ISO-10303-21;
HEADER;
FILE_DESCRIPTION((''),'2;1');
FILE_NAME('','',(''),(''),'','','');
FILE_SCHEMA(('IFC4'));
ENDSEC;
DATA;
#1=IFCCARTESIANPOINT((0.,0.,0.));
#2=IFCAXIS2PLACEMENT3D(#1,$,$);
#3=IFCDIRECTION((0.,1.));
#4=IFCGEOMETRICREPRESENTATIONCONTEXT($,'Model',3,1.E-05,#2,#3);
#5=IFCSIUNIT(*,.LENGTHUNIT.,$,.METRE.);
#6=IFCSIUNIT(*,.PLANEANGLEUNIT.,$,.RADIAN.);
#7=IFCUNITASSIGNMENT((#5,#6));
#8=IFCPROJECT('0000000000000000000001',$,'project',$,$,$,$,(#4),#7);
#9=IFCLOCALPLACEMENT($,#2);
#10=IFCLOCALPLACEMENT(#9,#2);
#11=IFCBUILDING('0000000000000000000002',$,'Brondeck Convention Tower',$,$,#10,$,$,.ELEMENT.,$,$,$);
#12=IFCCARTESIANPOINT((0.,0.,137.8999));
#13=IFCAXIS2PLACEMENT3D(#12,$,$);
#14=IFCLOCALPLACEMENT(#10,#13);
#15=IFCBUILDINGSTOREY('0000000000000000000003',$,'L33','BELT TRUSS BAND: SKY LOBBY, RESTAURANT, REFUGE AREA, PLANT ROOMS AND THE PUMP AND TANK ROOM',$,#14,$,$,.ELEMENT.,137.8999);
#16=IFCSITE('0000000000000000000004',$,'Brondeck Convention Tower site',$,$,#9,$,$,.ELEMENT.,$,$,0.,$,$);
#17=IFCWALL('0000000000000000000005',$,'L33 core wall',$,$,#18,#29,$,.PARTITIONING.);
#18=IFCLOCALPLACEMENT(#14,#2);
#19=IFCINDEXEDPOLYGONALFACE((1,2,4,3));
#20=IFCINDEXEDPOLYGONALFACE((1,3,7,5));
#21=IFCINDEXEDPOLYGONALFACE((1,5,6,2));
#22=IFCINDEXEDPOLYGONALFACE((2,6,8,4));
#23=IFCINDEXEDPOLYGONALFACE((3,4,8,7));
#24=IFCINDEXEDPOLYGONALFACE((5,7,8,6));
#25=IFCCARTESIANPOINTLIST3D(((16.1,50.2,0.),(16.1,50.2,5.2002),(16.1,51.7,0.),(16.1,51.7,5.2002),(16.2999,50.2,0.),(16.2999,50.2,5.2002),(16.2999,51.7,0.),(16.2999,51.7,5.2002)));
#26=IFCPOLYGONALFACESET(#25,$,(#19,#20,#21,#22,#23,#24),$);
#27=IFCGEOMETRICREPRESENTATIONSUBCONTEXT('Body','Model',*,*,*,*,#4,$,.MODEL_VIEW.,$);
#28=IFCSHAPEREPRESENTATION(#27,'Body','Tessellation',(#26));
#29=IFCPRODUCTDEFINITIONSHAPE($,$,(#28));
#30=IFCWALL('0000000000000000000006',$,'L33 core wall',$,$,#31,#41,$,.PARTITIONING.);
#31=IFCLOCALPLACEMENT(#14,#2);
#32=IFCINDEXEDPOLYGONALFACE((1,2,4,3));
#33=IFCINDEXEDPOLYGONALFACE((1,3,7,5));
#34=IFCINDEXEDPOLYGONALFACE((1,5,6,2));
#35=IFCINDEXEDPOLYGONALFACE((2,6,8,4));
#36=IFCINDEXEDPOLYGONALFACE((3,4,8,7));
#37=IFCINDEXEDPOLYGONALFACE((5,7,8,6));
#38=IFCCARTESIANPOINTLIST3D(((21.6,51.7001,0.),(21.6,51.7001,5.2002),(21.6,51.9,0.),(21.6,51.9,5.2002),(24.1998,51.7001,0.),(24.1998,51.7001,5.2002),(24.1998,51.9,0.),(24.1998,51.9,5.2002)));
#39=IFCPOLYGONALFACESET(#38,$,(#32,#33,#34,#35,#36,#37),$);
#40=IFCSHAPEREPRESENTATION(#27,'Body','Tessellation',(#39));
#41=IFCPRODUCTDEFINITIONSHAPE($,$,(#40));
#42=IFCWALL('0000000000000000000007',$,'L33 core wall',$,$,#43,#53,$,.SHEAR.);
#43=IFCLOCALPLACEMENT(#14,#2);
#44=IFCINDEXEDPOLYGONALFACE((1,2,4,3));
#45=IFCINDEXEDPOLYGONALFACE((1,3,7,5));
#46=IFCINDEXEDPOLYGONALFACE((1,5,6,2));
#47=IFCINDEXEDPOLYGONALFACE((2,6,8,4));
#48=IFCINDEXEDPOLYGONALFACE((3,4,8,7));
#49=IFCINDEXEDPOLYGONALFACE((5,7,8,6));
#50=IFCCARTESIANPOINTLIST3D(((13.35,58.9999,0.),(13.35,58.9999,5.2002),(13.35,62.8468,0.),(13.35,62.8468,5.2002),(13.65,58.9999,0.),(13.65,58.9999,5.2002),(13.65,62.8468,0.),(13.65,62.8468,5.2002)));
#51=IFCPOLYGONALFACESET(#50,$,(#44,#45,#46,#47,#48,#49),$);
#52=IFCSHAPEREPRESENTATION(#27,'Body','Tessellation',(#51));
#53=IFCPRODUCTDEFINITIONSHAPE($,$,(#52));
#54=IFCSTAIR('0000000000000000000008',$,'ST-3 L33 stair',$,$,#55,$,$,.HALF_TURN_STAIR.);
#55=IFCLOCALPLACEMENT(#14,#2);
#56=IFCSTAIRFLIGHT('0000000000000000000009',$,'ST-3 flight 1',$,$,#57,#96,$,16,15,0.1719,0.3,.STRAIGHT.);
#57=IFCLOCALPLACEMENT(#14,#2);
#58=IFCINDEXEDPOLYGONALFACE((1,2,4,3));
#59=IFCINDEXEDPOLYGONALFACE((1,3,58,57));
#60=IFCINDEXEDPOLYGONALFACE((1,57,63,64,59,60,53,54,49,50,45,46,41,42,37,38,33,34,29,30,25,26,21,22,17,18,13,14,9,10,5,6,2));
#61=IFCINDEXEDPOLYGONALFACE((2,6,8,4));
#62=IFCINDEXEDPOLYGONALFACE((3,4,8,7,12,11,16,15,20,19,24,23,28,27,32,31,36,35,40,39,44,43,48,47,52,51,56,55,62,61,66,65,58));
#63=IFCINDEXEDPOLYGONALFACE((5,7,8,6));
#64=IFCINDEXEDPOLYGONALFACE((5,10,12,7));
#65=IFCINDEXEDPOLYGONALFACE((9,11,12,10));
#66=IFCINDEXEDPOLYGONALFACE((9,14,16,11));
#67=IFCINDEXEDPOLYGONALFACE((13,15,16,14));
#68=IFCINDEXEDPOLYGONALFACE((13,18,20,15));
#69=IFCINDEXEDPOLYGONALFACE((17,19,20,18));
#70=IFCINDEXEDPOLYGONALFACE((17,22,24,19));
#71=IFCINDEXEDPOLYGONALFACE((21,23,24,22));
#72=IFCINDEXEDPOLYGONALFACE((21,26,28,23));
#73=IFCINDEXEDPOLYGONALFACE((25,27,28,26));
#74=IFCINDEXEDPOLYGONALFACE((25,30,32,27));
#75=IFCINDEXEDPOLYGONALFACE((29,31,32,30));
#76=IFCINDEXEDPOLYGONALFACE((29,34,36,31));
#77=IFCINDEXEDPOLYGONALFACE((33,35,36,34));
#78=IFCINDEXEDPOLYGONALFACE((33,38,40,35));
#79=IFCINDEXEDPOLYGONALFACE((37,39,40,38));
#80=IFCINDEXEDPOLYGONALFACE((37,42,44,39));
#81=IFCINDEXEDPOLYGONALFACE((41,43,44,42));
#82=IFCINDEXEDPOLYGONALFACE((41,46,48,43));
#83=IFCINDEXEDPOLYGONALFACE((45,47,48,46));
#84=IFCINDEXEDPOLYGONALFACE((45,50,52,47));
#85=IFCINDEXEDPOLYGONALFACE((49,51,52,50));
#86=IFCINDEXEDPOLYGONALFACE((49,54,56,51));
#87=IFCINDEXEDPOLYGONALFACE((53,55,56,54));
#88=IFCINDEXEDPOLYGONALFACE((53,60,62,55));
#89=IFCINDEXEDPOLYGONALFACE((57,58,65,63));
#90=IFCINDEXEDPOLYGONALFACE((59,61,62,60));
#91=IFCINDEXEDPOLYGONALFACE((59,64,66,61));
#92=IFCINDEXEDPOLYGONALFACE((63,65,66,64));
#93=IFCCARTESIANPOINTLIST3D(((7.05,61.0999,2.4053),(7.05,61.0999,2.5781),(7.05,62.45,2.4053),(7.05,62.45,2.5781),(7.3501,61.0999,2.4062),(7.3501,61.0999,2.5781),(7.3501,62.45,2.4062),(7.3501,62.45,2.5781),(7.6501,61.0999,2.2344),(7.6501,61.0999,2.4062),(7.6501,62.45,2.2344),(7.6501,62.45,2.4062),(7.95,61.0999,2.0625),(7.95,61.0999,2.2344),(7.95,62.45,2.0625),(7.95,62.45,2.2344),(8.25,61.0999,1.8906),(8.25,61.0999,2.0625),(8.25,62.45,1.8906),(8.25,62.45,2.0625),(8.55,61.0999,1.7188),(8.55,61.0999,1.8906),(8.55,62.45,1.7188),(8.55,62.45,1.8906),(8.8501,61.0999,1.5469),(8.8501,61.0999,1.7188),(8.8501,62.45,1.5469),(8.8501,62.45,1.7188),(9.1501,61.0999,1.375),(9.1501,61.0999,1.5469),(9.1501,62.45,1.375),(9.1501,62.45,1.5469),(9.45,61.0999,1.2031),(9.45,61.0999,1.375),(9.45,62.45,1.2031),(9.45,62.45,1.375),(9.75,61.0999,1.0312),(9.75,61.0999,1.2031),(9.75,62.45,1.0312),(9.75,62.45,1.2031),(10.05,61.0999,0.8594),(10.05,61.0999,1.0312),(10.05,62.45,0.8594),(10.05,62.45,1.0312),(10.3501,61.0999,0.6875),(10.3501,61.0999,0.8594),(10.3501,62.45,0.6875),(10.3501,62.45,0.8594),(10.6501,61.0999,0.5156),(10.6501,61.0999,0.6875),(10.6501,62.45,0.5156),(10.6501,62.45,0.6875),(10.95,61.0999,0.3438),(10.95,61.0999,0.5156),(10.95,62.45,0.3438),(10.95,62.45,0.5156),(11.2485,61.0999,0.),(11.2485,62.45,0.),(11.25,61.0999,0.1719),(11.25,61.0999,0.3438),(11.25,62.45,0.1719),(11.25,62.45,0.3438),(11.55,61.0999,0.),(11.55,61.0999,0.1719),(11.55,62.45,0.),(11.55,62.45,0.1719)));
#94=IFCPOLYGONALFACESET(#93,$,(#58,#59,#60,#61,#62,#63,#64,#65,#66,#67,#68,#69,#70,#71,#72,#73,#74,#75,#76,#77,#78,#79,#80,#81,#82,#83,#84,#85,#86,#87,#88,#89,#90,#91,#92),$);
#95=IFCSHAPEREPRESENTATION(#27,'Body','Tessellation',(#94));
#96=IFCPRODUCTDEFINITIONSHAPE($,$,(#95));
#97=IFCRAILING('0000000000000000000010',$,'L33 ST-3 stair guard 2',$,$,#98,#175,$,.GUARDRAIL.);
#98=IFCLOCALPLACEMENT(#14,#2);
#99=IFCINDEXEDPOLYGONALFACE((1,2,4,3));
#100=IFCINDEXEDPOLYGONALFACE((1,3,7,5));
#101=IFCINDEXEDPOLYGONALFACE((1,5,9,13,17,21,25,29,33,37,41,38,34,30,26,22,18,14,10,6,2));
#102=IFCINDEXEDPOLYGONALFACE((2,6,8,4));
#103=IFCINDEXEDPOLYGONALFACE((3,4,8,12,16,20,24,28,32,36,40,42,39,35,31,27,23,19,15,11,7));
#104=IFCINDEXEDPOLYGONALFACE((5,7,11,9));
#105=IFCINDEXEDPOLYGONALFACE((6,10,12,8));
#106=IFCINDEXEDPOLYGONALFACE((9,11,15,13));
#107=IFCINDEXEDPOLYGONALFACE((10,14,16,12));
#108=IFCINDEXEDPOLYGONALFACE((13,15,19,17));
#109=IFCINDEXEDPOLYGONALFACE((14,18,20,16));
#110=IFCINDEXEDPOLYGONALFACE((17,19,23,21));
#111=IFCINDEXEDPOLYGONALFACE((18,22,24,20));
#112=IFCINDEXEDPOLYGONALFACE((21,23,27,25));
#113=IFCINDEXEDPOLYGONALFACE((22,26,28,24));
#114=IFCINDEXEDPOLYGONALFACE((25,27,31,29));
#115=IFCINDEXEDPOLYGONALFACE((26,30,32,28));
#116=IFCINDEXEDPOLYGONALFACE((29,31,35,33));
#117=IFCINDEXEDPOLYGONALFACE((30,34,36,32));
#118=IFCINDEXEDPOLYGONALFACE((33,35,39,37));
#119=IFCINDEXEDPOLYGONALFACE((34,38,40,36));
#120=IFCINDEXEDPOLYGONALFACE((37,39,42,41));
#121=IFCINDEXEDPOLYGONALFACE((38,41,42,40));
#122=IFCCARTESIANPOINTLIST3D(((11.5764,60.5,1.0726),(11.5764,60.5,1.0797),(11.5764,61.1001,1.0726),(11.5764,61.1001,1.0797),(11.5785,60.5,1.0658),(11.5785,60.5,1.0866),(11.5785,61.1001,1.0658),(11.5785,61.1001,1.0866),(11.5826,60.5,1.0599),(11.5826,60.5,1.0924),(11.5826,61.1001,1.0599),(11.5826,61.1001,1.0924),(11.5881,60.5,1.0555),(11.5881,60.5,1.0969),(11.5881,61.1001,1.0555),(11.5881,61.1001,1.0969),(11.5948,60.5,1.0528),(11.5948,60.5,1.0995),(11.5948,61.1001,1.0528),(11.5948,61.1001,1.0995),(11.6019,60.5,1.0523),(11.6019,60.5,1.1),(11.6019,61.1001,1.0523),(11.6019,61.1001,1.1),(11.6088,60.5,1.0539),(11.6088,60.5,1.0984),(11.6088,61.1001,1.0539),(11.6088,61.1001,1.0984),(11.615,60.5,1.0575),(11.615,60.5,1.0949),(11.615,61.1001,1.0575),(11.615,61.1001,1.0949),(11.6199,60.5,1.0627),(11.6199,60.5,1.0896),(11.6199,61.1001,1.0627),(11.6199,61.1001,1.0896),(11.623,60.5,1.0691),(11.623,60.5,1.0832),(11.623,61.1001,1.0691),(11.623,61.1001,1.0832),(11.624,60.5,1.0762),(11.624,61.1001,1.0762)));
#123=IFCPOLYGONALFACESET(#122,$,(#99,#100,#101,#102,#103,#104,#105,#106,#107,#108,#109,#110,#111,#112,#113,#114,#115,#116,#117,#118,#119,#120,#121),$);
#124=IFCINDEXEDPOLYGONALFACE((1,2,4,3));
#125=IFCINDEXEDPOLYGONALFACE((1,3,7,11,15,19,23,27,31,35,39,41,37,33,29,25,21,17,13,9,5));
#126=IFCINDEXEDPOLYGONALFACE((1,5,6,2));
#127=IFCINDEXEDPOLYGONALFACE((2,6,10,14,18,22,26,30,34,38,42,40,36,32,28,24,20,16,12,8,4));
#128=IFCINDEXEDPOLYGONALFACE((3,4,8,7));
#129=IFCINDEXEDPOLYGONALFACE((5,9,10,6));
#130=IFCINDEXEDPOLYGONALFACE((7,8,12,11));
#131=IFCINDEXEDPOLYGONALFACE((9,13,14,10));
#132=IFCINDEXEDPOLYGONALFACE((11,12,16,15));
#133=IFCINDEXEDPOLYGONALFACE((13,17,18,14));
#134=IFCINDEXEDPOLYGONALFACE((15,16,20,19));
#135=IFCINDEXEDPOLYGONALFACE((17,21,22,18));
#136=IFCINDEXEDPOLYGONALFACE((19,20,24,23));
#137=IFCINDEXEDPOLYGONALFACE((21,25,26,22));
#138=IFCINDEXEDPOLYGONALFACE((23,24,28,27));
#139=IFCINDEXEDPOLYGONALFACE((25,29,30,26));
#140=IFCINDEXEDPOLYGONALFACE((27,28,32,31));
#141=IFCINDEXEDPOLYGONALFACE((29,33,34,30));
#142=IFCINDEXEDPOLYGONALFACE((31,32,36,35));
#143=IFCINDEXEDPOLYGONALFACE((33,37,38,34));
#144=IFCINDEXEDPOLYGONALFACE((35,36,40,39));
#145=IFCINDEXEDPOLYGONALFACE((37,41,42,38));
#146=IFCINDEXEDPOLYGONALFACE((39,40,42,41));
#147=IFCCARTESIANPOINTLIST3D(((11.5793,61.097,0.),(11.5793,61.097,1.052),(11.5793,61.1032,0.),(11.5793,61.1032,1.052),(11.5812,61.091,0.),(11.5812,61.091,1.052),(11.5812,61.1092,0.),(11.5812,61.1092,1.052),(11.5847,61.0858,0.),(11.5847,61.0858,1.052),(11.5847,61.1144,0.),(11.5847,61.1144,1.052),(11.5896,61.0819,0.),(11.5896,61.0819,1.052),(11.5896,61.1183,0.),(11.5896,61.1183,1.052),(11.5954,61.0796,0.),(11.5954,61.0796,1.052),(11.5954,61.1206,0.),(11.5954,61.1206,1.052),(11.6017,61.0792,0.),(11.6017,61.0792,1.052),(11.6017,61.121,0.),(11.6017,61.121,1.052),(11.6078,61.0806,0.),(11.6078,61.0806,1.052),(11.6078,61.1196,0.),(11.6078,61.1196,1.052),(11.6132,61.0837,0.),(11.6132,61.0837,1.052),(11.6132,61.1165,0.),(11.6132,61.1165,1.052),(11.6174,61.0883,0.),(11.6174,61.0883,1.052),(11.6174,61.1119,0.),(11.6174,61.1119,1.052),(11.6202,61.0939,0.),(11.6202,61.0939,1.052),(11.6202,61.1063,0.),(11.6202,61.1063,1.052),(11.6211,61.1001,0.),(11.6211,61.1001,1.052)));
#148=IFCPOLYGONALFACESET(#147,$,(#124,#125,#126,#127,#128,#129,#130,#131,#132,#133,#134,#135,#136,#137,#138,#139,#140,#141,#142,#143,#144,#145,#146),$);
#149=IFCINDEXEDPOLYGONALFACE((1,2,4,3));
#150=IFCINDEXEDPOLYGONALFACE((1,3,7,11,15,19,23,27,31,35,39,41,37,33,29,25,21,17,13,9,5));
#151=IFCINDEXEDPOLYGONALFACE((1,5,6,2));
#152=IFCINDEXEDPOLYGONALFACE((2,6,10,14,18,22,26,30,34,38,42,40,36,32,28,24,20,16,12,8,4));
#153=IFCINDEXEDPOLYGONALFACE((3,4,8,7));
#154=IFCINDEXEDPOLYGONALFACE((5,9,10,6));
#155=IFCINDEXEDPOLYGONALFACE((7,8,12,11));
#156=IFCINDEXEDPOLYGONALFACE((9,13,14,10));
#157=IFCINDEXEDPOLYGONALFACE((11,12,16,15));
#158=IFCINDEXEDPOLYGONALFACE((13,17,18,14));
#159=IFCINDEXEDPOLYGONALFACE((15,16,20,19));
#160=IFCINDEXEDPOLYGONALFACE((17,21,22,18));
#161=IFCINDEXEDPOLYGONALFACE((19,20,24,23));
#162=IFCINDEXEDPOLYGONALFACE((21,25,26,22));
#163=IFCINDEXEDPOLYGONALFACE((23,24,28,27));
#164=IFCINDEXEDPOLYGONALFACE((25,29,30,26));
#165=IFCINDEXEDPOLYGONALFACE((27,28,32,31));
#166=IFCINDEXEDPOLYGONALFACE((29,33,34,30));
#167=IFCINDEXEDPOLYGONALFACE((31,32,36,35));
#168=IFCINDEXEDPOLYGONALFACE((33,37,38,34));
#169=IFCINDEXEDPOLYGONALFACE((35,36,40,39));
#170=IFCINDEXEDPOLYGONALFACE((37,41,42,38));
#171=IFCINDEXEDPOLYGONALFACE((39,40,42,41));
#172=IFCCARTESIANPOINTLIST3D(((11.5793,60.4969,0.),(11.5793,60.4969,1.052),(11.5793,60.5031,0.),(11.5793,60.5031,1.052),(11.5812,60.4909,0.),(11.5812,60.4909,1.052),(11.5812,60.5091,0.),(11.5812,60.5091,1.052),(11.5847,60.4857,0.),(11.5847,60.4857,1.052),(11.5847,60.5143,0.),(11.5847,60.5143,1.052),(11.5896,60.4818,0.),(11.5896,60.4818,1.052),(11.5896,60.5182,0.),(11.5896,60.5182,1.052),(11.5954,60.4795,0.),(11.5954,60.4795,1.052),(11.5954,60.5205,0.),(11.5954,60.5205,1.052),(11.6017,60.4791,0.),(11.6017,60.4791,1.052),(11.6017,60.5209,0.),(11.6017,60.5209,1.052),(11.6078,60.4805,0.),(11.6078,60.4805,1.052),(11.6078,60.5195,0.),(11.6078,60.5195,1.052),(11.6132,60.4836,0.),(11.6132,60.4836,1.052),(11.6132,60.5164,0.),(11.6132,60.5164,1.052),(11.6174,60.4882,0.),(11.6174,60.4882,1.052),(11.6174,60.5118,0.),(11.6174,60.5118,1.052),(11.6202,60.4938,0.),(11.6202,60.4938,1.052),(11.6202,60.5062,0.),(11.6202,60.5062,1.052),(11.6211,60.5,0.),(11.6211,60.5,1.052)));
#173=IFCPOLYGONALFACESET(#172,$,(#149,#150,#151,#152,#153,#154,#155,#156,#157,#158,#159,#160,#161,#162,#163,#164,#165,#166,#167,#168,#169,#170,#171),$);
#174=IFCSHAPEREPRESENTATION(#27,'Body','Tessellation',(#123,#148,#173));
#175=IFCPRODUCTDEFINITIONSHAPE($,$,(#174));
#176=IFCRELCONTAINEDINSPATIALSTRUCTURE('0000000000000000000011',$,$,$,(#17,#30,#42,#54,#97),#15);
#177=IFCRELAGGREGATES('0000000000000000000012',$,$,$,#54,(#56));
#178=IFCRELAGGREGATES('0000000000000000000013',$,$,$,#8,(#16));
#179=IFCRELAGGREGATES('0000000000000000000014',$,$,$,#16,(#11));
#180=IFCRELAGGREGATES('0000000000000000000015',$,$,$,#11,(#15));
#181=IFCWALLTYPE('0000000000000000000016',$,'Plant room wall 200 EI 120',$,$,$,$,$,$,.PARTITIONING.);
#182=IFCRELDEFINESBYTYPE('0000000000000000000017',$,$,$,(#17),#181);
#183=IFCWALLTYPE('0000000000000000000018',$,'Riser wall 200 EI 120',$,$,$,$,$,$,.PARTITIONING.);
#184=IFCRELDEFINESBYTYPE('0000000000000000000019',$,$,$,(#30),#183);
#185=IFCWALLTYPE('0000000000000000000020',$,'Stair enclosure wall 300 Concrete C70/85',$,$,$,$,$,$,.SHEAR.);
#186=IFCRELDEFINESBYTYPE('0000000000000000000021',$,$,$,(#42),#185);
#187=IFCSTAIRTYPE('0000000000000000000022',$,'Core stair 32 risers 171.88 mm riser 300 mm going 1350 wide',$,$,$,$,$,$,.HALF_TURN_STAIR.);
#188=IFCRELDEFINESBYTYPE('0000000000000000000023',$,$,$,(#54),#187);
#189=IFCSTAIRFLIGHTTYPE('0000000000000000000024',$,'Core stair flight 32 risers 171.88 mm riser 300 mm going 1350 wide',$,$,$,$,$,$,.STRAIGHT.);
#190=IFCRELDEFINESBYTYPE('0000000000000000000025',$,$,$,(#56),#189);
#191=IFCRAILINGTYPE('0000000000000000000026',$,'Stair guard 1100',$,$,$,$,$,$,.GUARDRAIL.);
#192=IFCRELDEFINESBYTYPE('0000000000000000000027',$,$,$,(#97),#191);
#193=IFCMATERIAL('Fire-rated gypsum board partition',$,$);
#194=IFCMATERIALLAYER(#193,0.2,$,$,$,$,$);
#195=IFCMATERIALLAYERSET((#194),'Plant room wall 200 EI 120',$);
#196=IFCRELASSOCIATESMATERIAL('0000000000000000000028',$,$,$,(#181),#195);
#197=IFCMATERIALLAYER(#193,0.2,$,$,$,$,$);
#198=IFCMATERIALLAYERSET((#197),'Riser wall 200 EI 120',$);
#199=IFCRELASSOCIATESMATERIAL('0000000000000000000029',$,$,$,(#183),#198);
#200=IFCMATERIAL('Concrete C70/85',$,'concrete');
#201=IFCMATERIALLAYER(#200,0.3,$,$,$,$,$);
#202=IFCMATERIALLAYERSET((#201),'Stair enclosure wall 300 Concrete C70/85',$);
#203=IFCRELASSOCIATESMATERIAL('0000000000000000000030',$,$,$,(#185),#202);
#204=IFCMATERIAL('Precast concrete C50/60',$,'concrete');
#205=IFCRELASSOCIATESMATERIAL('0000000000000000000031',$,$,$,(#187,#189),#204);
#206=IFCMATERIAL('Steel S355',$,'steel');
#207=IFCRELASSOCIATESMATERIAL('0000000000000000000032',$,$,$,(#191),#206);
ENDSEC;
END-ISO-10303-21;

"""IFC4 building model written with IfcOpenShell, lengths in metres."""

from ifc_helpers import new_model, si_unit, direction, frame, frame_2d, origin, origin_2d, place, context, subcontext, project, spatial, polyline, rectangle, circle, outline, extrude, material, layer, layer_set, type_object, element, aggregate, save


model = new_model("IFC4")

# Units and contexts
model_context = context("Model", 3, precision=1e-05, world=origin(), true_north=direction((0.0, 1.0)))
body_context = subcontext(model_context, "Body", "Model", "MODEL_VIEW")
ifc_project = project(units=[si_unit("LENGTHUNIT", "METRE"), si_unit("PLANEANGLEUNIT", "RADIAN")], contexts=[model_context])

# Site, building, storey
site_placement = place(None, origin())
site = spatial("IfcSite", under=ifc_project, at=site_placement, Name="Brondeck Convention Tower site", CompositionType="ELEMENT", RefElevation=0.0)
building_placement = place(site_placement, origin())
building = spatial("IfcBuilding", under=site, at=building_placement, Name="Brondeck Convention Tower", CompositionType="ELEMENT")
storey_placement = place(building_placement, frame((0.0, 0.0, 137.8999)))
storey = spatial("IfcBuildingStorey", under=building, at=storey_placement, Name="L33", Description="BELT TRUSS BAND: SKY LOBBY, RESTAURANT, REFUGE AREA, PLANT ROOMS AND THE PUMP AND TANK ROOM", CompositionType="ELEMENT", Elevation=137.8999)

# Shared definitions
ifc_material_1 = material(Name="Concrete C70/85", Category="concrete")

# Shared definitions
ifc_material_2 = material(Name="Fire-rated gypsum board partition")

# Walls
ifc_layer_1 = layer(ifc_material_2, 0.2)
ifc_layer_set_1 = layer_set([ifc_layer_1], Name="Plant room wall 200 EI 120")
wall_type_1 = type_object("IfcWallType", Name="Plant room wall 200 EI 120", PredefinedType="PARTITIONING", material=ifc_layer_set_1)
wall_1_placement = place(storey_placement, frame((16.2, 50.2, 0.0), z_axis=(0.0, 0.0, 1.0), x_axis=(0.0, 1.0, 0.0)))
element("IfcWall", 1, at=wall_1_placement, inside=storey, type_object=wall_type_1, Name="L33 core wall", PredefinedType="PARTITIONING", context=body_context, shape_type="SweptSolid", body=[
    extrude(rectangle(XDim=1.5, YDim=0.2, at=frame_2d((0.75, 0.0))), origin(), (0.0, 0.0, 1.0), 5.2002),
])
ifc_layer_2 = layer(ifc_material_2, 0.2)
ifc_layer_set_2 = layer_set([ifc_layer_2], Name="Riser wall 200 EI 120")
wall_type_2 = type_object("IfcWallType", Name="Riser wall 200 EI 120", PredefinedType="PARTITIONING", material=ifc_layer_set_2)
wall_2_placement = place(storey_placement, frame((21.6001, 51.8, 0.0), z_axis=(0.0, 0.0, 1.0), x_axis=(1.0, 0.0, 0.0)))
element("IfcWall", 2, at=wall_2_placement, inside=storey, type_object=wall_type_2, Name="L33 core wall", PredefinedType="PARTITIONING", context=body_context, shape_type="SweptSolid", body=[
    extrude(rectangle(XDim=2.5999, YDim=0.2, at=frame_2d((1.2998, 0.0))), origin(), (0.0, 0.0, 1.0), 5.2002),
])
ifc_layer_3 = layer(ifc_material_1, 0.3)
ifc_layer_set_3 = layer_set([ifc_layer_3], Name="Stair enclosure wall 300 Concrete C70/85")
wall_type_3 = type_object("IfcWallType", Name="Stair enclosure wall 300 Concrete C70/85", PredefinedType="SHEAR", material=ifc_layer_set_3)
wall_3_placement = place(storey_placement, frame((13.5, 59.0, 0.0), z_axis=(0.0, 0.0, 1.0), x_axis=(0.0, 1.0, 0.0)))
element("IfcWall", 3, at=wall_3_placement, inside=storey, type_object=wall_type_3, Name="L33 core wall", PredefinedType="SHEAR", context=body_context, shape_type="SweptSolid", body=[
    extrude(rectangle(XDim=3.8469, YDim=0.3, at=frame_2d((1.9233, 0.0))), origin(), (0.0, 0.0, 1.0), 5.2002),
])

# Stair, stair flight
ifc_material_3 = material(Name="Precast concrete C50/60", Category="concrete")
stair_type = type_object("IfcStairType", Name="Core stair 32 risers 171.88 mm riser 300 mm going 1350 wide", PredefinedType="HALF_TURN_STAIR", material=ifc_material_3)
stair_placement = place(storey_placement, origin())
stair = element("IfcStair", 4, at=stair_placement, inside=storey, type_object=stair_type, Name="ST-3 L33 stair", PredefinedType="HALF_TURN_STAIR")
stair_flight_type = type_object("IfcStairFlightType", Name="Core stair flight 32 risers 171.88 mm riser 300 mm going 1350 wide", PredefinedType="STRAIGHT", material=ifc_material_3)
stair_flight_placement = place(storey_placement, frame((11.55, 61.7749, 0.0), z_axis=(0.0, 0.0, 1.0), x_axis=(-1.0, 0.0, 0.0)))
stair_flight = element("IfcStairFlight", 5, at=stair_flight_placement, type_object=stair_flight_type, Name="ST-3 flight 1", NumberOfRisers=16, NumberOfTreads=15, PredefinedType="STRAIGHT", RiserHeight=0.1719, TreadLength=0.3, context=body_context, shape_type="SweptSolid", body=[
    extrude(outline(polyline([(0.0, 0.0), (0.0, 0.1719), (0.3, 0.1719), (0.3, 0.3438), (0.6001, 0.3438), (0.6001, 0.5156), (0.8999, 0.5156), (0.8999, 0.6875), (1.2, 0.6875), (1.2, 0.8594), (1.5, 0.8594), (1.5, 1.0312), (1.8, 1.0312), (1.8, 1.2031), (2.1001, 1.2031), (2.1001, 1.375), (2.3999, 1.375), (2.3999, 1.5469), (2.7, 1.5469), (2.7, 1.7188), (3.0, 1.7188), (3.0, 1.8906), (3.3, 1.8906), (3.3, 2.0625), (3.6001, 2.0625), (3.6001, 2.2344), (3.8999, 2.2344), (3.8999, 2.4062), (4.2, 2.4062), (4.2, 2.5781), (4.5, 2.5781), (4.5, 2.75), (4.5, 2.4053), (0.3015, 0.0), (0.0, 0.0)])), frame((0.0, 0.675, 0.0), z_axis=(0.0, -1.0, 0.0), x_axis=(1.0, 0.0, 0.0)), (0.0, 0.0, 1.0), 1.3501),
])
aggregate(stair, [stair_flight])

# Railing
ifc_material_4 = material(Name="Steel S355", Category="steel")
railing_type_1 = type_object("IfcRailingType", Name="Stair guard 1100", PredefinedType="GUARDRAIL", material=ifc_material_4)
railing_1_placement = place(storey_placement, frame((11.6001, 61.1001, 0.0)))
element("IfcRailing", 6, at=railing_1_placement, inside=storey, type_object=railing_type_1, Name="L33 ST-3 stair guard 2", PredefinedType="GUARDRAIL", context=body_context, shape_type="SweptSolid", body=[
    extrude(circle(Radius=0.0239, at=origin_2d()), frame((0.0, 0.0, 1.0762), z_axis=(0.0, -1.0, 0.0), x_axis=(1.0, 0.0, 0.0)), (0.0, 0.0, 1.0), 0.6001),
    extrude(circle(Radius=0.021, at=origin_2d()), origin(), (0.0, 0.0, 1.0), 1.052),
    extrude(circle(Radius=0.021, at=origin_2d()), frame((0.0, -0.6001, 0.0)), (0.0, 0.0, 1.0), 1.052),
])

save(model, "model.ifc")
